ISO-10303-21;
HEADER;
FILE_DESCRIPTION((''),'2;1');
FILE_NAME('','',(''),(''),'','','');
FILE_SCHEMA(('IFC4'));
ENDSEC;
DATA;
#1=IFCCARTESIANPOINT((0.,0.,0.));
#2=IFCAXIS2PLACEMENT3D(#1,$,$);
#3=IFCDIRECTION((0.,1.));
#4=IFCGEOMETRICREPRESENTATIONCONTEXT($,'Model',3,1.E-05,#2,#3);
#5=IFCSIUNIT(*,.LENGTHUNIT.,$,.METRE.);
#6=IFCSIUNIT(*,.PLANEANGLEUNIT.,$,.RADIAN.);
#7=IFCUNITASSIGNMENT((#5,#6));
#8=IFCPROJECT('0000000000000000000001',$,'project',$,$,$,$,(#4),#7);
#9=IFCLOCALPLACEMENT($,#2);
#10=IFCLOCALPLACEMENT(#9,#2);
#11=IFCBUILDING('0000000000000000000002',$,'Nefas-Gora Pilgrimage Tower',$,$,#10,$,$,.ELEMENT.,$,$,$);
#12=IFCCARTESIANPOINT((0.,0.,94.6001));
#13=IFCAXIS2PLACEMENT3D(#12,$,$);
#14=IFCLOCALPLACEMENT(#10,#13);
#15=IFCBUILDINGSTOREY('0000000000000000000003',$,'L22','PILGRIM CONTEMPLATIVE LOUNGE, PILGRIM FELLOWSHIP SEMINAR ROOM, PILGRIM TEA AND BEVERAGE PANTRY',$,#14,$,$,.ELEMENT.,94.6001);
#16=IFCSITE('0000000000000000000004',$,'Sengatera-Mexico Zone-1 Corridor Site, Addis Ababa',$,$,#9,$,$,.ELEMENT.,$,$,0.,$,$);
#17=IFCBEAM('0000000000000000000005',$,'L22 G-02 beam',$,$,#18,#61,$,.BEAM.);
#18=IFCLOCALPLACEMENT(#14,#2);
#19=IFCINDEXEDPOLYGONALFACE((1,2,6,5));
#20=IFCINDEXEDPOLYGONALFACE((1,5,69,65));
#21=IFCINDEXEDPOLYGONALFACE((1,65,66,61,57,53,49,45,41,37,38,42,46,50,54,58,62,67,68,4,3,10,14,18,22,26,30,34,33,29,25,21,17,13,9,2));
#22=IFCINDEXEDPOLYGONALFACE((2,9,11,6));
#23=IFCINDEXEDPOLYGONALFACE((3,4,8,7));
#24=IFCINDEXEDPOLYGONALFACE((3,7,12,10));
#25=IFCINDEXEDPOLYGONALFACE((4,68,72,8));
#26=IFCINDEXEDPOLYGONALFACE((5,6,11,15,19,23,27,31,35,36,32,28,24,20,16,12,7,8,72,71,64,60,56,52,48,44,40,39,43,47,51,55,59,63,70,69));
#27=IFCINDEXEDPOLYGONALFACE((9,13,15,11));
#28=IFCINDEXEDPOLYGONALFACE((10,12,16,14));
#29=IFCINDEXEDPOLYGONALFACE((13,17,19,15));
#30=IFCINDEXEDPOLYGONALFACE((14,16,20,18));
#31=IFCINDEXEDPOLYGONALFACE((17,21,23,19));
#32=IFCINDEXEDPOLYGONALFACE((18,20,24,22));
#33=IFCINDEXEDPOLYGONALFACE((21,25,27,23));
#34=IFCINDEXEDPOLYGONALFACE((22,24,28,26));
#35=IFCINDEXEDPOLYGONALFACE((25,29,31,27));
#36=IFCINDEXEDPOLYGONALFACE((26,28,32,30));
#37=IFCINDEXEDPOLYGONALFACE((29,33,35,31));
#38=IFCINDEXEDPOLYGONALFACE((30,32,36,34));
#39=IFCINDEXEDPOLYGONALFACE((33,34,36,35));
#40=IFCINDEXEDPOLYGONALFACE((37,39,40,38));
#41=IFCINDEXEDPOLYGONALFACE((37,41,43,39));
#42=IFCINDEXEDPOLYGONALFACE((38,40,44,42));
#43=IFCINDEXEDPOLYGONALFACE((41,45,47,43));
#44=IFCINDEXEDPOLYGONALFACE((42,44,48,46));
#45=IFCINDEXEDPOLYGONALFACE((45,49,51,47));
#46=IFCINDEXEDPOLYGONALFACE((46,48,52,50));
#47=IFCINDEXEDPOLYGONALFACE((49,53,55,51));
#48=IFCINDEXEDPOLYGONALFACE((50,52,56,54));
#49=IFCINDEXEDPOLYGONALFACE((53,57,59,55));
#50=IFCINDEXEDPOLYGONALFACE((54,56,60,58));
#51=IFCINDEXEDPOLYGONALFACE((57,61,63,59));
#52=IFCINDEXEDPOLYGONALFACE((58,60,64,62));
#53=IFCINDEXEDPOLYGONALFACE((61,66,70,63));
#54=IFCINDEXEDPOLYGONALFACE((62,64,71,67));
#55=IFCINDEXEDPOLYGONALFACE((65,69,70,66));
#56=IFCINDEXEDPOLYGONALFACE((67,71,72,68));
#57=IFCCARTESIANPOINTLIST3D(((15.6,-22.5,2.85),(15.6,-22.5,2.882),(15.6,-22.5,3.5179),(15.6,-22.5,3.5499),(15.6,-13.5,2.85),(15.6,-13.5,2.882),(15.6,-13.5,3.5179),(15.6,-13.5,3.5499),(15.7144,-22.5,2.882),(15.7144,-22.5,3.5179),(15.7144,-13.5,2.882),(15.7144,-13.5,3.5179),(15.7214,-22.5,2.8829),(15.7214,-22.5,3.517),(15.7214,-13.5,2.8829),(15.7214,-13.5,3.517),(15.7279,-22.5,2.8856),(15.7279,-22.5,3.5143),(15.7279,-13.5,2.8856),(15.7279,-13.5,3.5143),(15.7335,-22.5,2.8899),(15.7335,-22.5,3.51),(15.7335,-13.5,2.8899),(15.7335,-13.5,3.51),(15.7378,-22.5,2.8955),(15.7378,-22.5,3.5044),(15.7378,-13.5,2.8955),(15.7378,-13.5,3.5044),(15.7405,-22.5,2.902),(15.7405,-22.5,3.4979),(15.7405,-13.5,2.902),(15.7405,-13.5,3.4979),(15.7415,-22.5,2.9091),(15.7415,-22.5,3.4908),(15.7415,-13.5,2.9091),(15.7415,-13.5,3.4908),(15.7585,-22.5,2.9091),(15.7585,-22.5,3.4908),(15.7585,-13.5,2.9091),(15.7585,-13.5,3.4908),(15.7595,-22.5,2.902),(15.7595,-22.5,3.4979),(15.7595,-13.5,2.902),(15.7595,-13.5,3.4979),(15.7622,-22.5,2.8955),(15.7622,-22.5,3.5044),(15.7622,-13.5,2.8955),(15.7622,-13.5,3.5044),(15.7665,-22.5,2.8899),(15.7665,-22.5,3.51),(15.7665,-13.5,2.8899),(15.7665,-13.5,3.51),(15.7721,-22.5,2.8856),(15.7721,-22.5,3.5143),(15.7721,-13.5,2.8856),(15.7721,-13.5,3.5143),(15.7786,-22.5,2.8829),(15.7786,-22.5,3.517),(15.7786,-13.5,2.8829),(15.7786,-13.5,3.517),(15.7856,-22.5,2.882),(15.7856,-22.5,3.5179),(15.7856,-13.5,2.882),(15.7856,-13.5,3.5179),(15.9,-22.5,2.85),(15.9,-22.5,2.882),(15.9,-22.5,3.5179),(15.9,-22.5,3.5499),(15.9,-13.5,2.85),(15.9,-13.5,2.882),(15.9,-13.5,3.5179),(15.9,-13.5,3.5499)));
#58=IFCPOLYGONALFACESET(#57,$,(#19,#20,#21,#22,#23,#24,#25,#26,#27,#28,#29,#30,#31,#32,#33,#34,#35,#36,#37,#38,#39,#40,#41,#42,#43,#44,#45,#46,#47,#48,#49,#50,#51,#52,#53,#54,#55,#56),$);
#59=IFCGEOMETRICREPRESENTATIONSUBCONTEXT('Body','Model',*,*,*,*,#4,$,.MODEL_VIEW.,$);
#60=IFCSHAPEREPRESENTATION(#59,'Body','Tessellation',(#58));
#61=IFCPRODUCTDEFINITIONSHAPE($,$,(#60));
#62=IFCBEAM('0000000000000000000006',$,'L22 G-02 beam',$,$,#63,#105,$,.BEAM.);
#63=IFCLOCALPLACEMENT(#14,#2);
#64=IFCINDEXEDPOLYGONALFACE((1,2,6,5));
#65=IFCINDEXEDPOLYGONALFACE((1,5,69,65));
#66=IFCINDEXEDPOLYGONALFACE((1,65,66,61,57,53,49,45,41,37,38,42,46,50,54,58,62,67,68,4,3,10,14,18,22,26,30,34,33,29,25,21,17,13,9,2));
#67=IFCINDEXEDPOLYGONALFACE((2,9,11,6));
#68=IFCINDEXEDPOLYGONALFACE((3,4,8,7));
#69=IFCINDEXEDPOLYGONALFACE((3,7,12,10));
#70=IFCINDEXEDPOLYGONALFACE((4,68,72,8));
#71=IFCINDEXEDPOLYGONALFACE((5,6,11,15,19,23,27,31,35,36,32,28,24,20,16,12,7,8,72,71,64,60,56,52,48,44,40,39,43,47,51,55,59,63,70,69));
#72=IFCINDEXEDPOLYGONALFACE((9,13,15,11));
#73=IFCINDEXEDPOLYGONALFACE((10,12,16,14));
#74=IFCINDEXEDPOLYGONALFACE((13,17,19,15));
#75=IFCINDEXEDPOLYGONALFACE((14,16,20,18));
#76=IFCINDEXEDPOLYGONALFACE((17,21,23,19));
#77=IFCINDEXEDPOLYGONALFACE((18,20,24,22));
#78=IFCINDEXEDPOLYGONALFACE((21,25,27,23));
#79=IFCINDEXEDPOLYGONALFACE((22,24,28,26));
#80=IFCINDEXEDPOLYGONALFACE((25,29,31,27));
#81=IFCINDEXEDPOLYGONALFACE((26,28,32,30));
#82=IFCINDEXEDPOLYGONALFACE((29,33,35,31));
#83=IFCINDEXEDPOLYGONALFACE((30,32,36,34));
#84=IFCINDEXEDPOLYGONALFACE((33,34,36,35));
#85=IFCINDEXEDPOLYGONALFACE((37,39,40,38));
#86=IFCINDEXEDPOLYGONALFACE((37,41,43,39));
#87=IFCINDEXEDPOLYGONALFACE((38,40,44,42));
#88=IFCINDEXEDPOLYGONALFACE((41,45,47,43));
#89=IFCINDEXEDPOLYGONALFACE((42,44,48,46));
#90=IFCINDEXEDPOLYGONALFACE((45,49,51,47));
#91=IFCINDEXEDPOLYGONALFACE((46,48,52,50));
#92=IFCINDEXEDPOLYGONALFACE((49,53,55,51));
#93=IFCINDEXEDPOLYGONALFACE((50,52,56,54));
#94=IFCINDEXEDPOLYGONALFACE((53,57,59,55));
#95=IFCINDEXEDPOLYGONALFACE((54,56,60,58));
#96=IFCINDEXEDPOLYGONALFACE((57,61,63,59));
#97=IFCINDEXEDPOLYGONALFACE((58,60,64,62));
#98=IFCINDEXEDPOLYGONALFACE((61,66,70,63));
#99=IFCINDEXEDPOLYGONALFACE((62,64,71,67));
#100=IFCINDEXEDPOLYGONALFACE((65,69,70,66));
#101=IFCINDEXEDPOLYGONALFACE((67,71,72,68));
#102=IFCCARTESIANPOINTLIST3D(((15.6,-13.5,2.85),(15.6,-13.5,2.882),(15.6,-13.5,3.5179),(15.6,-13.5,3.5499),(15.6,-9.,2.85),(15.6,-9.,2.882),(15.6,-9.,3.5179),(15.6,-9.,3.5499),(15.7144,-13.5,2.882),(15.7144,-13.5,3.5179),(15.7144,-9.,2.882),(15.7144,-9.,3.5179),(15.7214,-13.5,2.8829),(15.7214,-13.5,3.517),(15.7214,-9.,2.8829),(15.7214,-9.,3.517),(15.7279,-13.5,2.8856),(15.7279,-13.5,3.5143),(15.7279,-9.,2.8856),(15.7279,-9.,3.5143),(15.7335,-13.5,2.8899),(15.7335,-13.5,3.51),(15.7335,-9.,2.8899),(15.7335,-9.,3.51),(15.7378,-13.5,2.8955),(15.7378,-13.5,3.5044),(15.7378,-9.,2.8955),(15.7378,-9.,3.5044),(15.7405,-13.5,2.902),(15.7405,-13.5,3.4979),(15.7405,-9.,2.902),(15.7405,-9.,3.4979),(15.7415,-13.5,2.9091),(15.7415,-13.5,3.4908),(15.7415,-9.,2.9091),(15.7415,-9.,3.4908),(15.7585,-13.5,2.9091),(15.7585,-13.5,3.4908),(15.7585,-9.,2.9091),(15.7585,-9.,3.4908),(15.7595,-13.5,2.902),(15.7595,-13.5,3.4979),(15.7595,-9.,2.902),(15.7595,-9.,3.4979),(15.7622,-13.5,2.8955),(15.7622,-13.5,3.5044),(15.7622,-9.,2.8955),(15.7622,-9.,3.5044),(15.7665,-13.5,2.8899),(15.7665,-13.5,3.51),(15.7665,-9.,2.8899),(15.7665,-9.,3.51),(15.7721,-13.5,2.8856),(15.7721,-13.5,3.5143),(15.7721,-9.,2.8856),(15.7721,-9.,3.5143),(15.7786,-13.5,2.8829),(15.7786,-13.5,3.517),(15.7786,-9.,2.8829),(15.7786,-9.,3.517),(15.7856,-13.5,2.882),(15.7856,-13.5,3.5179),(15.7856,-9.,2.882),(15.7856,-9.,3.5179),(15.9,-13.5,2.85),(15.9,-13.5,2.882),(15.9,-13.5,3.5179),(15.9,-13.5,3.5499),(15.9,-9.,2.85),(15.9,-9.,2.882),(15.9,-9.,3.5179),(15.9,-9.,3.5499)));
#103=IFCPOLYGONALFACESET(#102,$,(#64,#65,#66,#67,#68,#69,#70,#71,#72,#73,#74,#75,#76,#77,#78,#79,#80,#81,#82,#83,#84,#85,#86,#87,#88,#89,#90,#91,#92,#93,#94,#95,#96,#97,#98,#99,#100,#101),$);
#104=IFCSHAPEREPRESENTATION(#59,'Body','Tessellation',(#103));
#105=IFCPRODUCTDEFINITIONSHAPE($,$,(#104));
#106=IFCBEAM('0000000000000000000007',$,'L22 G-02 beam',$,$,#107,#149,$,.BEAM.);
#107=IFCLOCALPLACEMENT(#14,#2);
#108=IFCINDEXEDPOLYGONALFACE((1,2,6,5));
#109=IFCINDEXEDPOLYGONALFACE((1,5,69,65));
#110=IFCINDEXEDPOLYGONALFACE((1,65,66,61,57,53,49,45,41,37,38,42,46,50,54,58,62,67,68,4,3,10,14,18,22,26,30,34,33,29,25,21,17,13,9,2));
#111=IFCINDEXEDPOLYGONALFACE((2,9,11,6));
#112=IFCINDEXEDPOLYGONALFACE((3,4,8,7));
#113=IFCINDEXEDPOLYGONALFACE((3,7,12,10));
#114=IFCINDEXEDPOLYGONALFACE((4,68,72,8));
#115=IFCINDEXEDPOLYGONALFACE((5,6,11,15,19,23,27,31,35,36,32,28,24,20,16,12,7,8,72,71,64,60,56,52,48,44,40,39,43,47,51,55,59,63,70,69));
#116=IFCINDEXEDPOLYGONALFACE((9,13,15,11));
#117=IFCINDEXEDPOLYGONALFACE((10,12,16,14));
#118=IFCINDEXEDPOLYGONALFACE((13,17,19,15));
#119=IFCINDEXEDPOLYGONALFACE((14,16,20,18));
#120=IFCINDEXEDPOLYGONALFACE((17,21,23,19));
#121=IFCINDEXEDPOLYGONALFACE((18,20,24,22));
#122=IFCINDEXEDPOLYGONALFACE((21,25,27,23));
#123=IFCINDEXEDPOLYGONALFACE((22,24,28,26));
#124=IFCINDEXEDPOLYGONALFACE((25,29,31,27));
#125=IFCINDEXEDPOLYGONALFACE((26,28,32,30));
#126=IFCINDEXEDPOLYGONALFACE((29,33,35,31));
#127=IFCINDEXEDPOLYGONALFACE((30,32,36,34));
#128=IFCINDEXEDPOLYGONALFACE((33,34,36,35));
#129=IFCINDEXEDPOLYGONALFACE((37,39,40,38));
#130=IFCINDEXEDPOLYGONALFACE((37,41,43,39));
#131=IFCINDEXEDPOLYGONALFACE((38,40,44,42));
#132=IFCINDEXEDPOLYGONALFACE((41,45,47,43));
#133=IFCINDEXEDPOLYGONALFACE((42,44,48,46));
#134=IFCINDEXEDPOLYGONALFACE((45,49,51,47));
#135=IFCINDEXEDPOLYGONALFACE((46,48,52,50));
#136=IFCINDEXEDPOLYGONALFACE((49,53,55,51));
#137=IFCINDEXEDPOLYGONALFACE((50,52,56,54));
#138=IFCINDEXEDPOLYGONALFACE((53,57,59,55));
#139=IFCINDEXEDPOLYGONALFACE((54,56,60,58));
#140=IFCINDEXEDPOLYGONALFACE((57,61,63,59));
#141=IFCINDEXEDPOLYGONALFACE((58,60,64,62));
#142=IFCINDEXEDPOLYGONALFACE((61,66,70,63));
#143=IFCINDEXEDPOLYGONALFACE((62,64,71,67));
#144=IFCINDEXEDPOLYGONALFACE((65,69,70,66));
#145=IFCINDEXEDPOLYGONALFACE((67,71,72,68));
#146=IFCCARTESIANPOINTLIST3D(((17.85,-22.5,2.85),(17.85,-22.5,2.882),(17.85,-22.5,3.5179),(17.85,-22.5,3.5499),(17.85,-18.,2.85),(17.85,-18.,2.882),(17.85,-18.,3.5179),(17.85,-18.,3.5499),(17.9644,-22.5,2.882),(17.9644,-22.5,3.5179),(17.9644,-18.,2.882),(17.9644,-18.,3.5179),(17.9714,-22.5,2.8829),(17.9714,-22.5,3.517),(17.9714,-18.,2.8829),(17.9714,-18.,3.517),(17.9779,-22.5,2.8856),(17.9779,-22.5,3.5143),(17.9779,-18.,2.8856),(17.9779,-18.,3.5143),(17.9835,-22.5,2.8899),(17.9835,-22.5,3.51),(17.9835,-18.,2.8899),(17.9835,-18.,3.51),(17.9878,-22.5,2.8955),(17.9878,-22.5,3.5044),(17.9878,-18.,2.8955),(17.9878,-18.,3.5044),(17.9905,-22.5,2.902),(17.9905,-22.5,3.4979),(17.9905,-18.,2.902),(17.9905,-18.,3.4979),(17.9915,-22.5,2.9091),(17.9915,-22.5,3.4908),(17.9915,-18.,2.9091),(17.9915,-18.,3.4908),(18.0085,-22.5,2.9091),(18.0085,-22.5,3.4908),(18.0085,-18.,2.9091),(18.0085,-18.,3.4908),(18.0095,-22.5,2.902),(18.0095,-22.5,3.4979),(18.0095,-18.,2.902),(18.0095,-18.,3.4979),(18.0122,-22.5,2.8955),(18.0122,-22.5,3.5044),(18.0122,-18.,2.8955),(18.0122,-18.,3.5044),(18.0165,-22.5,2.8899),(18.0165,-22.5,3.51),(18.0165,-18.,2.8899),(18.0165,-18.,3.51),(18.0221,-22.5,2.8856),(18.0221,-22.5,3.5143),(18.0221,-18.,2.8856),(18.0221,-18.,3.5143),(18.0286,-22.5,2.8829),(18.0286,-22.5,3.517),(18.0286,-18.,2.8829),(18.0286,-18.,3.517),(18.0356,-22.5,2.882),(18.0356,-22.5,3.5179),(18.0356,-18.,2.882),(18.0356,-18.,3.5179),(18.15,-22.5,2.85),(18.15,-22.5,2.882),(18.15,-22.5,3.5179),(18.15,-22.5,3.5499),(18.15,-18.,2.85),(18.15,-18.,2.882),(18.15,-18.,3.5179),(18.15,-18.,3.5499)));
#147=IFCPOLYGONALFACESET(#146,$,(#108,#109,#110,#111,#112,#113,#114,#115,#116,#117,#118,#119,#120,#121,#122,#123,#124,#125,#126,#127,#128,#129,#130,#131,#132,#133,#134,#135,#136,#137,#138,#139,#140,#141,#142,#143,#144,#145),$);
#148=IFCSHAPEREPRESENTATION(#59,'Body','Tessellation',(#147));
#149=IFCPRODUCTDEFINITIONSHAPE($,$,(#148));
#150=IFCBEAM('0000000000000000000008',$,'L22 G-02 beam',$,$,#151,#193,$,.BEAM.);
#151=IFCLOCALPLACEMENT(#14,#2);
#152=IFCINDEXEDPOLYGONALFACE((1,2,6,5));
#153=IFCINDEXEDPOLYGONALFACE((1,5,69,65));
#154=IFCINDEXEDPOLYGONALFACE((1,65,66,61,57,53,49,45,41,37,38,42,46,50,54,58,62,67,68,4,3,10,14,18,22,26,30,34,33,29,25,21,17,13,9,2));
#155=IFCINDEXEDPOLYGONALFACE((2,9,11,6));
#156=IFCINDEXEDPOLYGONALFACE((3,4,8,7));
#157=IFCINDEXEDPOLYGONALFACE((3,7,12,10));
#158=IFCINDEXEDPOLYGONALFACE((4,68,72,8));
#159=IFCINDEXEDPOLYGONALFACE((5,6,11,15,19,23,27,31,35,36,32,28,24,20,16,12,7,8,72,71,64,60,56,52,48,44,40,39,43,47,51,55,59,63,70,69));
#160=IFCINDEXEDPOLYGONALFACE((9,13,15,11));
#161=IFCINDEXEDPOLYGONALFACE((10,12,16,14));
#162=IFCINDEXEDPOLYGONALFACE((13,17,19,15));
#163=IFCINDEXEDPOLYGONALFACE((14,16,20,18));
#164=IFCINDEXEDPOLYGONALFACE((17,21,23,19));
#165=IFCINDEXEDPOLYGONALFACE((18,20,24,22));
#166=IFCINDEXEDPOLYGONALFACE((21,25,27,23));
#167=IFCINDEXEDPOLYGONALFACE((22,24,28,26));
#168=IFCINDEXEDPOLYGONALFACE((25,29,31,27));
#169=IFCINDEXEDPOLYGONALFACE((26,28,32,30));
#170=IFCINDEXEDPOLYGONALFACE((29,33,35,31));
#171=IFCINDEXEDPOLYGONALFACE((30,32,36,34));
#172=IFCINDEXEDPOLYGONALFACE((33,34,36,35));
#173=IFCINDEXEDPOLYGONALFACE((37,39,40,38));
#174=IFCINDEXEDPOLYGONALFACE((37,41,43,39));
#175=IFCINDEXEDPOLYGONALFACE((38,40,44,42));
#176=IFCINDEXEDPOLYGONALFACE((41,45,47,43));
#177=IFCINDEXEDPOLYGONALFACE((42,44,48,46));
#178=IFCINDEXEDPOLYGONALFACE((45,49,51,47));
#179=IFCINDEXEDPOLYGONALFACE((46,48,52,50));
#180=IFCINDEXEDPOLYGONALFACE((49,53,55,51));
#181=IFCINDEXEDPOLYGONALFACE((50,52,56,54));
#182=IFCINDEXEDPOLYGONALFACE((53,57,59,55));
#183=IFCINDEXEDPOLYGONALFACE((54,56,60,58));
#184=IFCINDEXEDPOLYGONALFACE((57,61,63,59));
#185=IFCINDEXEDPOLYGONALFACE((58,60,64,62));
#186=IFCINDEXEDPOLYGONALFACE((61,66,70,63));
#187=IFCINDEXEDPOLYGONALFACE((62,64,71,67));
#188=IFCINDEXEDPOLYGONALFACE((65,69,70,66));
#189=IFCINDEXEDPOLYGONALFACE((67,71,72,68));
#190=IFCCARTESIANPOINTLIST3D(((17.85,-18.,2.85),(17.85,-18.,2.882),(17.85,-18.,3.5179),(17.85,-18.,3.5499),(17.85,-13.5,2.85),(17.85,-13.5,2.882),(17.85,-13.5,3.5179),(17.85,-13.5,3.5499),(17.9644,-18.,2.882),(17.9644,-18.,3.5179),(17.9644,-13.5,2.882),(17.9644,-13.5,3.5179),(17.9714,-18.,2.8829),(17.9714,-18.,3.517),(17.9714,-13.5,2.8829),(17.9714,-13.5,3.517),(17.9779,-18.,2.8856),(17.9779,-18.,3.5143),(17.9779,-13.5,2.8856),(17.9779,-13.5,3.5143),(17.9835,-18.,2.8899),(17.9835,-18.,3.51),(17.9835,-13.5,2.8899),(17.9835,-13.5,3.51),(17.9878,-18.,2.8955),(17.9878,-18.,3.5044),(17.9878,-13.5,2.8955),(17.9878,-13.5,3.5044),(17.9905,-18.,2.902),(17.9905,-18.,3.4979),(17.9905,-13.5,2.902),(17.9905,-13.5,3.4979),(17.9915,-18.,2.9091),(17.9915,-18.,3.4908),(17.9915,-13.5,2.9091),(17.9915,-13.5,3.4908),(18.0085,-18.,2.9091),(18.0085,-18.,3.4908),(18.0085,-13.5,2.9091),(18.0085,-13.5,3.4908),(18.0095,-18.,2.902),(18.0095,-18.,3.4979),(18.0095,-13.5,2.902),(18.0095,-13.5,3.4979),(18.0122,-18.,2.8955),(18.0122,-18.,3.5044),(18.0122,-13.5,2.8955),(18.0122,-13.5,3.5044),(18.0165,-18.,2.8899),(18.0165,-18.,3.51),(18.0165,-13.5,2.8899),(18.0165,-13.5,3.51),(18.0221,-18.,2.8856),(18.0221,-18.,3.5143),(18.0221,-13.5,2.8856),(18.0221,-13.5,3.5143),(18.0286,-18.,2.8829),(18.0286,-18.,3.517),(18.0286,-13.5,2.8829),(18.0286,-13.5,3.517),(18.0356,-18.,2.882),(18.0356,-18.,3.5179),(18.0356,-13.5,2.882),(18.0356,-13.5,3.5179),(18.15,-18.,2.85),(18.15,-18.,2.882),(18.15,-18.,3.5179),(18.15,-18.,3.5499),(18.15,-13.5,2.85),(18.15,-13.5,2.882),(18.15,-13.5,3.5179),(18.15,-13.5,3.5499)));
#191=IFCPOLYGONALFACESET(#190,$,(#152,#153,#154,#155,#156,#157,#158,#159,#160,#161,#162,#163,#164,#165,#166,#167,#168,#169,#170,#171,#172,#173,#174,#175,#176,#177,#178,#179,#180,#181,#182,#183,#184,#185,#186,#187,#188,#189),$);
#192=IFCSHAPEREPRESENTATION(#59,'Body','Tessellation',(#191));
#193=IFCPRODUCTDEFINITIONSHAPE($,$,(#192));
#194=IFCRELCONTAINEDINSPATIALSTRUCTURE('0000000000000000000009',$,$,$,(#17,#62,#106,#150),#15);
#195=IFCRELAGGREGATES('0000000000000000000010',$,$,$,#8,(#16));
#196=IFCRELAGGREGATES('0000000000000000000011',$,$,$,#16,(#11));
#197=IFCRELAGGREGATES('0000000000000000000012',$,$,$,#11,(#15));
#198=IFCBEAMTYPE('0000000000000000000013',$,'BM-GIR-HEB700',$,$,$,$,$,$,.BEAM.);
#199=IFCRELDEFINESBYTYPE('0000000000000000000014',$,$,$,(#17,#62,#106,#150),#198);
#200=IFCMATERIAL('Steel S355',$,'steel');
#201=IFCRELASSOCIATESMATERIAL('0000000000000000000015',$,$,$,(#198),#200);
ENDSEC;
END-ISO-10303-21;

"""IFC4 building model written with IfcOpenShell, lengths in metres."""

from ifc_helpers import new_model, si_unit, direction, frame, origin, origin_2d, place, context, subcontext, project, spatial, i_section, extrude, source, transform, mapped, material, material_profile, profile_set, type_object, element, save


model = new_model("IFC4")

# Units and contexts
model_context = context("Model", 3, precision=1e-05, world=origin(), true_north=direction((0.0, 1.0)))
body_context = subcontext(model_context, "Body", "Model", "MODEL_VIEW")
ifc_project = project(units=[si_unit("LENGTHUNIT", "METRE"), si_unit("PLANEANGLEUNIT", "RADIAN")], contexts=[model_context])

# Site, building, storey
site_placement = place(None, origin())
site = spatial("IfcSite", under=ifc_project, at=site_placement, Name="Sengatera-Mexico Zone-1 Corridor Site, Addis Ababa", CompositionType="ELEMENT", RefElevation=0.0)
building_placement = place(site_placement, origin())
building = spatial("IfcBuilding", under=site, at=building_placement, Name="Nefas-Gora Pilgrimage Tower", CompositionType="ELEMENT")
storey_placement = place(building_placement, frame((0.0, 0.0, 94.6001)))
storey = spatial("IfcBuildingStorey", under=building, at=storey_placement, Name="L22", Description="PILGRIM CONTEMPLATIVE LOUNGE, PILGRIM FELLOWSHIP SEMINAR ROOM, PILGRIM TEA AND BEVERAGE PANTRY", CompositionType="ELEMENT", Elevation=94.6001)

# Beams
ifc_material_1 = material(Name="Steel S355", Category="steel")
ifc_material_profile_1 = material_profile(ifc_material_1, i_section(OverallWidth=0.3, OverallDepth=0.7, WebThickness=0.0171, FlangeThickness=0.032, FilletRadius=0.0271, at=origin_2d()), Name="HEB 700")
ifc_profile_set_1 = profile_set([ifc_material_profile_1], Name="Steel S355")
beam_type_1 = type_object("IfcBeamType", Name="BM-GIR-HEB700", PredefinedType="BEAM", material=ifc_profile_set_1)
shared_shape_1 = source(origin(), body_context, "Body", "SweptSolid", [
    extrude(i_section(OverallWidth=0.3, OverallDepth=0.7, WebThickness=0.0171, FlangeThickness=0.032, FilletRadius=0.0271, at=origin_2d()), origin(), (0.0, 0.0, 1.0), 9.0),
])
beam_1_placement = place(storey_placement, frame((15.75, -22.5, 3.2), z_axis=(0.0, 1.0, 0.0), x_axis=(-1.0, 0.0, 0.0)))
element("IfcBeam", 1, at=beam_1_placement, inside=storey, type_object=beam_type_1, Name="L22 G-02 beam", PredefinedType="BEAM", context=body_context, shape_type="MappedRepresentation", body=[
    mapped(shared_shape_1, transform((0.0, 0.0, 0.0), x_axis=(1.0, 0.0, 0.0), y_axis=(0.0, 1.0, 0.0), z_axis=(0.0, 0.0, 1.0), scale=1.0)),
])
shared_shape_2 = source(origin(), body_context, "Body", "SweptSolid", [
    extrude(i_section(OverallWidth=0.3, OverallDepth=0.7, WebThickness=0.0171, FlangeThickness=0.032, FilletRadius=0.0271, at=origin_2d()), origin(), (0.0, 0.0, 1.0), 4.5),
])
for number, where, z_axis, x_axis, name in (
    (2, (15.75, -13.5, 3.2), (0.0, 1.0, 0.0), (-1.0, 0.0, 0.0), "L22 G-02 beam"),
    (3, (18.0, -22.5, 3.2), (0.0, 1.0, 0.0), (-1.0, 0.0, 0.0), "L22 G-02 beam"),
    (4, (18.0, -18.0, 3.2), (0.0, 1.0, 0.0), (-1.0, 0.0, 0.0), "L22 G-02 beam"),
):
    element("IfcBeam", number, at=place(storey_placement, frame(where, z_axis=z_axis, x_axis=x_axis)), inside=storey, type_object=beam_type_1, Name=name, PredefinedType="BEAM", context=body_context, shape_type="MappedRepresentation", body=[
        mapped(shared_shape_2, transform((0.0, 0.0, 0.0), x_axis=(1.0, 0.0, 0.0), y_axis=(0.0, 1.0, 0.0), z_axis=(0.0, 0.0, 1.0), scale=1.0)),
    ])

save(model, "model.ifc")
